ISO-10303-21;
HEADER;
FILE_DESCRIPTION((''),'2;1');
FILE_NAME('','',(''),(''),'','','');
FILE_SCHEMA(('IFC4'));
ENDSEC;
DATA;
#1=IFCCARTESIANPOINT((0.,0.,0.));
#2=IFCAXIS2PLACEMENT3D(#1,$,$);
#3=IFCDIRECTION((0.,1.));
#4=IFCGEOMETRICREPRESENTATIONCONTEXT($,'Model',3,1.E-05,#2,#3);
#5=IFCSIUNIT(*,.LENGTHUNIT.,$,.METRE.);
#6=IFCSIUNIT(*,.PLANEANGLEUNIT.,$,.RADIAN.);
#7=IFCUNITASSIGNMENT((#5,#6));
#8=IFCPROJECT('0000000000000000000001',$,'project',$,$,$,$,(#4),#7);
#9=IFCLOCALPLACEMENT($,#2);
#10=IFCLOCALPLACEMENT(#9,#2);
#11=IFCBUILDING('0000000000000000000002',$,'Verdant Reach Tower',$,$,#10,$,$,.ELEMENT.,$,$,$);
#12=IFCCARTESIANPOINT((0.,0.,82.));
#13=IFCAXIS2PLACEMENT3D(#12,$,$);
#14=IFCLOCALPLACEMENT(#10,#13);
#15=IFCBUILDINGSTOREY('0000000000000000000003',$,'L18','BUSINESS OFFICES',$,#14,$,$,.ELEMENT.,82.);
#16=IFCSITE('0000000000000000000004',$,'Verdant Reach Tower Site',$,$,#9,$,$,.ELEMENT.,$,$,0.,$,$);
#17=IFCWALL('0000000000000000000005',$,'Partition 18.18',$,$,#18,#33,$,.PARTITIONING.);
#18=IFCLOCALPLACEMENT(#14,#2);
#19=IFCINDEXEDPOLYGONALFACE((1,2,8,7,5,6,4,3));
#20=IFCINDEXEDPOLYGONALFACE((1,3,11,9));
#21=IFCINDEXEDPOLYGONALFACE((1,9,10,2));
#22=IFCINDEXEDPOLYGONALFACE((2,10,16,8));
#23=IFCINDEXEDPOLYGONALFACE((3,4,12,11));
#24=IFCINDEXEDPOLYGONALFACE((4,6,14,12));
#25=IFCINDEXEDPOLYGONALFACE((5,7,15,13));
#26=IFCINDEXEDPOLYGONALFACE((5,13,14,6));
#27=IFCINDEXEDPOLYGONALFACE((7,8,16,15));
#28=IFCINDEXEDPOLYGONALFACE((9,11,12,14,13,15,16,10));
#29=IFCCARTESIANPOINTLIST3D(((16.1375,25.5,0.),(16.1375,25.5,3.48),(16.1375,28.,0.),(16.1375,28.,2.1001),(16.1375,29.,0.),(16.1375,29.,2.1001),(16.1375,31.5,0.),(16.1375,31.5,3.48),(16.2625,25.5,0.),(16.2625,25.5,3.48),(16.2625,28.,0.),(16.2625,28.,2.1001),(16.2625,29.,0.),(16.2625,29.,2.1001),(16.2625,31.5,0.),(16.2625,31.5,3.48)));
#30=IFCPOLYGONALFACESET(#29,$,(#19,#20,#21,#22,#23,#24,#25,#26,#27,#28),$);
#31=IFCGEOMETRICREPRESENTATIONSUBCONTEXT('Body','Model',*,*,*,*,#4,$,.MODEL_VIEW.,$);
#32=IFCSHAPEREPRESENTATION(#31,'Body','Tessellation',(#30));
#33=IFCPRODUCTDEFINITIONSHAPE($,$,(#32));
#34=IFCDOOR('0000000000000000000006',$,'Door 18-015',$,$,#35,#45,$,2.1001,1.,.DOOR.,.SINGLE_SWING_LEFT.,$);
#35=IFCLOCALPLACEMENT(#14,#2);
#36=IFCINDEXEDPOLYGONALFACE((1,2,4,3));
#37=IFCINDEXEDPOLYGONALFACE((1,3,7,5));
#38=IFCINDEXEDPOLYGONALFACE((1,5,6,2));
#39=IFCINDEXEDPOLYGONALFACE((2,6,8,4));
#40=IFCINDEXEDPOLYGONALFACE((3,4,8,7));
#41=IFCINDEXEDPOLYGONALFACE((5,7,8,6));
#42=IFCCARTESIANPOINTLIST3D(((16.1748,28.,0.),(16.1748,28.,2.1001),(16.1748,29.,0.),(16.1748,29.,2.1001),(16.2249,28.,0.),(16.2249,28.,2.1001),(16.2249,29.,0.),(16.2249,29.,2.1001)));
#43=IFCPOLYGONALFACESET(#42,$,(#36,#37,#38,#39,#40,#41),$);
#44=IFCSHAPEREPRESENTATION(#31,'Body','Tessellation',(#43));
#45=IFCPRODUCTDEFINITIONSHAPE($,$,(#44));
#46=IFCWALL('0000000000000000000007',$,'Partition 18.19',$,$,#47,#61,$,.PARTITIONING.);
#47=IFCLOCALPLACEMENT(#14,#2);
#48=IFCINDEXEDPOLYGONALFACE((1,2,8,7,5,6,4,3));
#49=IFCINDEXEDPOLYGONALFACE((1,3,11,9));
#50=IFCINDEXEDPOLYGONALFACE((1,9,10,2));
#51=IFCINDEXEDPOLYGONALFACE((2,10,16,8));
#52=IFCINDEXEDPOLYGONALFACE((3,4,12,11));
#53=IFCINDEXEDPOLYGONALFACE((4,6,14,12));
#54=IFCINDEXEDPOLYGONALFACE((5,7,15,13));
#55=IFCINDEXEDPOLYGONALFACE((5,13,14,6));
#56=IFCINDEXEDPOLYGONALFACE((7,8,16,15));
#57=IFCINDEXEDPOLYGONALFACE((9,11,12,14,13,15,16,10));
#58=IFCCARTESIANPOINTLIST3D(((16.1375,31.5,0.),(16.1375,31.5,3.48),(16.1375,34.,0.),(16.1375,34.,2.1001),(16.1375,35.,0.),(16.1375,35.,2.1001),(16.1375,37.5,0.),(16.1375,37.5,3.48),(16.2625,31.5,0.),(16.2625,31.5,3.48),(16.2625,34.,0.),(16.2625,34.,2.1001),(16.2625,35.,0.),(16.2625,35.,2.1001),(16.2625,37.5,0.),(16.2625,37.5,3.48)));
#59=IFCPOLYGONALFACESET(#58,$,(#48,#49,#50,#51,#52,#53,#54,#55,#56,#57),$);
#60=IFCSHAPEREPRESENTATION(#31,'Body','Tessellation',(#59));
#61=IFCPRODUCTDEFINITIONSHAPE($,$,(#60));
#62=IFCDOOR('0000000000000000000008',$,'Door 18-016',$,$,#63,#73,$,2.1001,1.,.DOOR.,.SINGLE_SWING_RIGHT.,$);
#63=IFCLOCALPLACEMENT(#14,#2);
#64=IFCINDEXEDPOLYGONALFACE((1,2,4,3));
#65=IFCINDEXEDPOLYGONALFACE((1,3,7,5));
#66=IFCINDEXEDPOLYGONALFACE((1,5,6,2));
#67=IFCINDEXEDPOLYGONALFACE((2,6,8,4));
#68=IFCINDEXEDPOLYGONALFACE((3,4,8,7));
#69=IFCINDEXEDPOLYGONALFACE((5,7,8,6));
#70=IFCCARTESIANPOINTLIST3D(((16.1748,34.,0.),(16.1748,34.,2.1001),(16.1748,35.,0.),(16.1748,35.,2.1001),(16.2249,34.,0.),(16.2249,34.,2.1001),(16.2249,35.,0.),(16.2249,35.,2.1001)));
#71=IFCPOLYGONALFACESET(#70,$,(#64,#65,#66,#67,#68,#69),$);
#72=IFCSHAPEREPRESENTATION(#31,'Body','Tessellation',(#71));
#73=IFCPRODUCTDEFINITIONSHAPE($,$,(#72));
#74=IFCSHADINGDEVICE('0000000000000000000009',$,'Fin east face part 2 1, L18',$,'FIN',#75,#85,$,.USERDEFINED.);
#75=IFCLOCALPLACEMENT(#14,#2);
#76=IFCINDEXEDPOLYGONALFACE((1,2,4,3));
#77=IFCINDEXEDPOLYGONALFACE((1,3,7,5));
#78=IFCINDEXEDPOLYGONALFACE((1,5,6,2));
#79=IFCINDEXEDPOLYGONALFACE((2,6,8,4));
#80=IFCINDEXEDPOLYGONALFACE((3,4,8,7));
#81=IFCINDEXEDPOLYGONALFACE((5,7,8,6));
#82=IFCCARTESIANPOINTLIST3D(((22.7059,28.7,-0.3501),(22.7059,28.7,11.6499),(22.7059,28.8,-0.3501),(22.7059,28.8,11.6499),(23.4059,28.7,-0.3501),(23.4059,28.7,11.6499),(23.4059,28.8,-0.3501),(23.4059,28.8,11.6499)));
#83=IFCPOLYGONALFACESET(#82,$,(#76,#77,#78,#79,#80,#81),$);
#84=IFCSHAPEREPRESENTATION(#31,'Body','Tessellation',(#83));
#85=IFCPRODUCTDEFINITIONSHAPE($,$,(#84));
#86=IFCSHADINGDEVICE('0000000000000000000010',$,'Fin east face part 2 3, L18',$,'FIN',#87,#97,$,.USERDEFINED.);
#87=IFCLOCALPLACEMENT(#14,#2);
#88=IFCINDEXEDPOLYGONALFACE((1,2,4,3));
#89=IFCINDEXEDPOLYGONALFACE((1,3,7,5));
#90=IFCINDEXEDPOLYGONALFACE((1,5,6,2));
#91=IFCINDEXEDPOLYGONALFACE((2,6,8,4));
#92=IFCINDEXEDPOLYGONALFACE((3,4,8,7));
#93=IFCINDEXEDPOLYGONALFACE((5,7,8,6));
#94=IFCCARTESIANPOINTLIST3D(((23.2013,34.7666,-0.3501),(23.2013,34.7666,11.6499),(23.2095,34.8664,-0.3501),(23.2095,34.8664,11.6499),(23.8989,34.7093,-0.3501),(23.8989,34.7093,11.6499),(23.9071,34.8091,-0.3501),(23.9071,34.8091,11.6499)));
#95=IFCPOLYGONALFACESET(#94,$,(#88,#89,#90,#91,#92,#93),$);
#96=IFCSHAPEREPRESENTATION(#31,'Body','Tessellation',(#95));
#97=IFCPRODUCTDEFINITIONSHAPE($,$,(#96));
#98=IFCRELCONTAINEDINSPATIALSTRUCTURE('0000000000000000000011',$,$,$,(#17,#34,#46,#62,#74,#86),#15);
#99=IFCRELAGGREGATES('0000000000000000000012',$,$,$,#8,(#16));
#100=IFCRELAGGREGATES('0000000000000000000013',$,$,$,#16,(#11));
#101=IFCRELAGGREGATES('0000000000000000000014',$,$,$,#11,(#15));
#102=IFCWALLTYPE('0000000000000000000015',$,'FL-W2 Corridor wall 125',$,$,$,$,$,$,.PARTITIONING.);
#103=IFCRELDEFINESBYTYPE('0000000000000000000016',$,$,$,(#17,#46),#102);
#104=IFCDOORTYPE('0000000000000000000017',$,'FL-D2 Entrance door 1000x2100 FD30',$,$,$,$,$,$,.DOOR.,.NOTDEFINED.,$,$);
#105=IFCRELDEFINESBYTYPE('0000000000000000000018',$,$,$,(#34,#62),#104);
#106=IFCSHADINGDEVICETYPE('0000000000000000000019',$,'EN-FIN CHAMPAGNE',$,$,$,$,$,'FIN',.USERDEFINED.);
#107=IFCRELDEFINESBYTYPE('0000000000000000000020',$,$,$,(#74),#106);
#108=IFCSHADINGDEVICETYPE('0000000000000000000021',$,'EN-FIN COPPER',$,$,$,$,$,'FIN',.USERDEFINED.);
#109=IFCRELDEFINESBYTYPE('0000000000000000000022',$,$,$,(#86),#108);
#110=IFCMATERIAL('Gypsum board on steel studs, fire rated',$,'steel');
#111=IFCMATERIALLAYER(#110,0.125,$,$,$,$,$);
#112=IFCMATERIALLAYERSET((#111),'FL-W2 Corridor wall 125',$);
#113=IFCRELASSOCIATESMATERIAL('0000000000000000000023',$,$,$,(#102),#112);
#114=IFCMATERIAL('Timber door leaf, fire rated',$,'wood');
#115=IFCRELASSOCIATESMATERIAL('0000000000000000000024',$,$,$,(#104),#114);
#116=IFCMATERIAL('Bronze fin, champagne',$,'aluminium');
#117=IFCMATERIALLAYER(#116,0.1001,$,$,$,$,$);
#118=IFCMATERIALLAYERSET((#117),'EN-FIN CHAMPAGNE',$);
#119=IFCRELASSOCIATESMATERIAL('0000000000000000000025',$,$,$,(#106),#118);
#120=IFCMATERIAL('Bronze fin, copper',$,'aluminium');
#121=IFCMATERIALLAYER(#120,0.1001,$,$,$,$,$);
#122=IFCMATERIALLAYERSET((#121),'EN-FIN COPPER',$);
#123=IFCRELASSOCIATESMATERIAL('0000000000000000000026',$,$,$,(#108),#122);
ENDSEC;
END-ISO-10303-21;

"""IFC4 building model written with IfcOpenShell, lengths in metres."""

from ifc_helpers import new_model, si_unit, direction, frame, frame_2d, origin, origin_2d, place, context, subcontext, project, spatial, rectangle, extrude, material, layer, layer_set, type_object, element, fill, save


model = new_model("IFC4")

# Units and contexts
model_context = context("Model", 3, precision=1e-05, world=origin(), true_north=direction((0.0, 1.0)))
body_context = subcontext(model_context, "Body", "Model", "MODEL_VIEW")
ifc_project = project(units=[si_unit("LENGTHUNIT", "METRE"), si_unit("PLANEANGLEUNIT", "RADIAN")], contexts=[model_context])

# Site, building, storey
site_placement = place(None, origin())
site = spatial("IfcSite", under=ifc_project, at=site_placement, Name="Verdant Reach Tower Site", CompositionType="ELEMENT", RefElevation=0.0)
building_placement = place(site_placement, origin())
building = spatial("IfcBuilding", under=site, at=building_placement, Name="Verdant Reach Tower", CompositionType="ELEMENT")
storey_placement = place(building_placement, frame((0.0, 0.0, 82.0)))
storey = spatial("IfcBuildingStorey", under=building, at=storey_placement, Name="L18", Description="BUSINESS OFFICES", CompositionType="ELEMENT", Elevation=82.0)

# Walls, openings, doors
ifc_material_1 = material(Name="Gypsum board on steel studs, fire rated", Category="steel")
ifc_layer_1 = layer(ifc_material_1, 0.125)
ifc_layer_set_1 = layer_set([ifc_layer_1], Name="FL-W2 Corridor wall 125")
wall_type_1 = type_object("IfcWallType", Name="FL-W2 Corridor wall 125", PredefinedType="PARTITIONING", material=ifc_layer_set_1)
wall_1_placement = place(storey_placement, frame((16.2, 31.5, 0.0), z_axis=(0.0, 0.0, 1.0), x_axis=(0.0, -1.0, 0.0)))
wall_1 = element("IfcWall", 1, at=wall_1_placement, inside=storey, type_object=wall_type_1, Name="Partition 18.18", PredefinedType="PARTITIONING", context=body_context, shape_type="SweptSolid", body=[
    extrude(rectangle(XDim=6.0, YDim=0.125, at=frame_2d((3.0, 0.0))), origin(), (0.0, 0.0, 1.0), 3.48),
])
opening_1_placement = place(wall_1_placement, frame((2.5, 0.0, 0.0)))
opening_1 = element("IfcOpeningElement", 2, at=opening_1_placement, cuts=wall_1, PredefinedType="OPENING", context=body_context, shape_type="SweptSolid", body=[
    extrude(rectangle(XDim=1.0, YDim=2.1001, at=frame_2d((0.5, 1.05))), frame((0.0, 0.0725, 0.0), z_axis=(0.0, -1.0, 0.0), x_axis=(1.0, 0.0, 0.0)), (0.0, 0.0, 1.0), 0.145),
])
ifc_material_2 = material(Name="Timber door leaf, fire rated", Category="wood")
door_type = type_object("IfcDoorType", Name="FL-D2 Entrance door 1000x2100 FD30", OperationType="NOTDEFINED", PredefinedType="DOOR", material=ifc_material_2)
door_1_placement = place(opening_1_placement, origin())
door_1 = element("IfcDoor", 3, at=door_1_placement, inside=storey, type_object=door_type, Name="Door 18-015", OperationType="SINGLE_SWING_LEFT", OverallHeight=2.1001, OverallWidth=1.0, PredefinedType="DOOR", context=body_context, shape_type="SweptSolid", body=[
    extrude(rectangle(XDim=1.0, YDim=2.1001, at=frame_2d((0.5, 1.05))), frame((0.0, 0.0249, 0.0), z_axis=(0.0, -1.0, 0.0), x_axis=(1.0, 0.0, 0.0)), (0.0, 0.0, 1.0), 0.05),
])
fill(opening_1, door_1)
wall_2_placement = place(storey_placement, frame((16.2, 37.5, 0.0), z_axis=(0.0, 0.0, 1.0), x_axis=(0.0, -1.0, 0.0)))
wall_2 = element("IfcWall", 4, at=wall_2_placement, inside=storey, type_object=wall_type_1, Name="Partition 18.19", PredefinedType="PARTITIONING", context=body_context, shape_type="SweptSolid", body=[
    extrude(rectangle(XDim=6.0, YDim=0.125, at=frame_2d((3.0, 0.0))), origin(), (0.0, 0.0, 1.0), 3.48),
])
opening_2_placement = place(wall_2_placement, frame((2.5, 0.0, 0.0)))
opening_2 = element("IfcOpeningElement", 5, at=opening_2_placement, cuts=wall_2, PredefinedType="OPENING", context=body_context, shape_type="SweptSolid", body=[
    extrude(rectangle(XDim=1.0, YDim=2.1001, at=frame_2d((0.5, 1.05))), frame((0.0, 0.0725, 0.0), z_axis=(0.0, -1.0, 0.0), x_axis=(1.0, 0.0, 0.0)), (0.0, 0.0, 1.0), 0.145),
])
door_2_placement = place(opening_2_placement, origin())
door_2 = element("IfcDoor", 6, at=door_2_placement, inside=storey, type_object=door_type, Name="Door 18-016", OperationType="SINGLE_SWING_RIGHT", OverallHeight=2.1001, OverallWidth=1.0, PredefinedType="DOOR", context=body_context, shape_type="SweptSolid", body=[
    extrude(rectangle(XDim=1.0, YDim=2.1001, at=frame_2d((0.5, 1.05))), frame((0.0, 0.0249, 0.0), z_axis=(0.0, -1.0, 0.0), x_axis=(1.0, 0.0, 0.0)), (0.0, 0.0, 1.0), 0.05),
])
fill(opening_2, door_2)

# Shading devices
ifc_material_3 = material(Name="Bronze fin, champagne", Category="aluminium")
ifc_layer_2 = layer(ifc_material_3, 0.1001)
ifc_layer_set_2 = layer_set([ifc_layer_2], Name="EN-FIN CHAMPAGNE")
shading_device_type_1 = type_object("IfcShadingDeviceType", Name="EN-FIN CHAMPAGNE", ElementType="FIN", PredefinedType="USERDEFINED", material=ifc_layer_set_2)
shading_device_1_placement = place(storey_placement, frame((23.0559, 28.75, -0.3501), z_axis=(0.0, 0.0, 1.0), x_axis=(0.0, 1.0, 0.0)))
element("IfcShadingDevice", 7, at=shading_device_1_placement, inside=storey, type_object=shading_device_type_1, Name="Fin east face part 2 1, L18", ObjectType="FIN", PredefinedType="USERDEFINED", context=body_context, shape_type="SweptSolid", body=[
    extrude(rectangle(XDim=0.1001, YDim=0.7, at=origin_2d()), origin(), (0.0, 0.0, 1.0), 12.0),
])
ifc_material_4 = material(Name="Bronze fin, copper", Category="aluminium")
ifc_layer_3 = layer(ifc_material_4, 0.1001)
ifc_layer_set_3 = layer_set([ifc_layer_3], Name="EN-FIN COPPER")
shading_device_type_2 = type_object("IfcShadingDeviceType", Name="EN-FIN COPPER", ElementType="FIN", PredefinedType="USERDEFINED", material=ifc_layer_set_3)
shading_device_2_placement = place(storey_placement, frame((23.5542, 34.7878, -0.3501), z_axis=(0.0, 0.0, 1.0), x_axis=(0.081916, 0.996639, 0.0)))
element("IfcShadingDevice", 8, at=shading_device_2_placement, inside=storey, type_object=shading_device_type_2, Name="Fin east face part 2 3, L18", ObjectType="FIN", PredefinedType="USERDEFINED", context=body_context, shape_type="SweptSolid", body=[
    extrude(rectangle(XDim=0.1001, YDim=0.7, at=origin_2d()), origin(), (0.0, 0.0, 1.0), 12.0),
])

save(model, "model.ifc")
